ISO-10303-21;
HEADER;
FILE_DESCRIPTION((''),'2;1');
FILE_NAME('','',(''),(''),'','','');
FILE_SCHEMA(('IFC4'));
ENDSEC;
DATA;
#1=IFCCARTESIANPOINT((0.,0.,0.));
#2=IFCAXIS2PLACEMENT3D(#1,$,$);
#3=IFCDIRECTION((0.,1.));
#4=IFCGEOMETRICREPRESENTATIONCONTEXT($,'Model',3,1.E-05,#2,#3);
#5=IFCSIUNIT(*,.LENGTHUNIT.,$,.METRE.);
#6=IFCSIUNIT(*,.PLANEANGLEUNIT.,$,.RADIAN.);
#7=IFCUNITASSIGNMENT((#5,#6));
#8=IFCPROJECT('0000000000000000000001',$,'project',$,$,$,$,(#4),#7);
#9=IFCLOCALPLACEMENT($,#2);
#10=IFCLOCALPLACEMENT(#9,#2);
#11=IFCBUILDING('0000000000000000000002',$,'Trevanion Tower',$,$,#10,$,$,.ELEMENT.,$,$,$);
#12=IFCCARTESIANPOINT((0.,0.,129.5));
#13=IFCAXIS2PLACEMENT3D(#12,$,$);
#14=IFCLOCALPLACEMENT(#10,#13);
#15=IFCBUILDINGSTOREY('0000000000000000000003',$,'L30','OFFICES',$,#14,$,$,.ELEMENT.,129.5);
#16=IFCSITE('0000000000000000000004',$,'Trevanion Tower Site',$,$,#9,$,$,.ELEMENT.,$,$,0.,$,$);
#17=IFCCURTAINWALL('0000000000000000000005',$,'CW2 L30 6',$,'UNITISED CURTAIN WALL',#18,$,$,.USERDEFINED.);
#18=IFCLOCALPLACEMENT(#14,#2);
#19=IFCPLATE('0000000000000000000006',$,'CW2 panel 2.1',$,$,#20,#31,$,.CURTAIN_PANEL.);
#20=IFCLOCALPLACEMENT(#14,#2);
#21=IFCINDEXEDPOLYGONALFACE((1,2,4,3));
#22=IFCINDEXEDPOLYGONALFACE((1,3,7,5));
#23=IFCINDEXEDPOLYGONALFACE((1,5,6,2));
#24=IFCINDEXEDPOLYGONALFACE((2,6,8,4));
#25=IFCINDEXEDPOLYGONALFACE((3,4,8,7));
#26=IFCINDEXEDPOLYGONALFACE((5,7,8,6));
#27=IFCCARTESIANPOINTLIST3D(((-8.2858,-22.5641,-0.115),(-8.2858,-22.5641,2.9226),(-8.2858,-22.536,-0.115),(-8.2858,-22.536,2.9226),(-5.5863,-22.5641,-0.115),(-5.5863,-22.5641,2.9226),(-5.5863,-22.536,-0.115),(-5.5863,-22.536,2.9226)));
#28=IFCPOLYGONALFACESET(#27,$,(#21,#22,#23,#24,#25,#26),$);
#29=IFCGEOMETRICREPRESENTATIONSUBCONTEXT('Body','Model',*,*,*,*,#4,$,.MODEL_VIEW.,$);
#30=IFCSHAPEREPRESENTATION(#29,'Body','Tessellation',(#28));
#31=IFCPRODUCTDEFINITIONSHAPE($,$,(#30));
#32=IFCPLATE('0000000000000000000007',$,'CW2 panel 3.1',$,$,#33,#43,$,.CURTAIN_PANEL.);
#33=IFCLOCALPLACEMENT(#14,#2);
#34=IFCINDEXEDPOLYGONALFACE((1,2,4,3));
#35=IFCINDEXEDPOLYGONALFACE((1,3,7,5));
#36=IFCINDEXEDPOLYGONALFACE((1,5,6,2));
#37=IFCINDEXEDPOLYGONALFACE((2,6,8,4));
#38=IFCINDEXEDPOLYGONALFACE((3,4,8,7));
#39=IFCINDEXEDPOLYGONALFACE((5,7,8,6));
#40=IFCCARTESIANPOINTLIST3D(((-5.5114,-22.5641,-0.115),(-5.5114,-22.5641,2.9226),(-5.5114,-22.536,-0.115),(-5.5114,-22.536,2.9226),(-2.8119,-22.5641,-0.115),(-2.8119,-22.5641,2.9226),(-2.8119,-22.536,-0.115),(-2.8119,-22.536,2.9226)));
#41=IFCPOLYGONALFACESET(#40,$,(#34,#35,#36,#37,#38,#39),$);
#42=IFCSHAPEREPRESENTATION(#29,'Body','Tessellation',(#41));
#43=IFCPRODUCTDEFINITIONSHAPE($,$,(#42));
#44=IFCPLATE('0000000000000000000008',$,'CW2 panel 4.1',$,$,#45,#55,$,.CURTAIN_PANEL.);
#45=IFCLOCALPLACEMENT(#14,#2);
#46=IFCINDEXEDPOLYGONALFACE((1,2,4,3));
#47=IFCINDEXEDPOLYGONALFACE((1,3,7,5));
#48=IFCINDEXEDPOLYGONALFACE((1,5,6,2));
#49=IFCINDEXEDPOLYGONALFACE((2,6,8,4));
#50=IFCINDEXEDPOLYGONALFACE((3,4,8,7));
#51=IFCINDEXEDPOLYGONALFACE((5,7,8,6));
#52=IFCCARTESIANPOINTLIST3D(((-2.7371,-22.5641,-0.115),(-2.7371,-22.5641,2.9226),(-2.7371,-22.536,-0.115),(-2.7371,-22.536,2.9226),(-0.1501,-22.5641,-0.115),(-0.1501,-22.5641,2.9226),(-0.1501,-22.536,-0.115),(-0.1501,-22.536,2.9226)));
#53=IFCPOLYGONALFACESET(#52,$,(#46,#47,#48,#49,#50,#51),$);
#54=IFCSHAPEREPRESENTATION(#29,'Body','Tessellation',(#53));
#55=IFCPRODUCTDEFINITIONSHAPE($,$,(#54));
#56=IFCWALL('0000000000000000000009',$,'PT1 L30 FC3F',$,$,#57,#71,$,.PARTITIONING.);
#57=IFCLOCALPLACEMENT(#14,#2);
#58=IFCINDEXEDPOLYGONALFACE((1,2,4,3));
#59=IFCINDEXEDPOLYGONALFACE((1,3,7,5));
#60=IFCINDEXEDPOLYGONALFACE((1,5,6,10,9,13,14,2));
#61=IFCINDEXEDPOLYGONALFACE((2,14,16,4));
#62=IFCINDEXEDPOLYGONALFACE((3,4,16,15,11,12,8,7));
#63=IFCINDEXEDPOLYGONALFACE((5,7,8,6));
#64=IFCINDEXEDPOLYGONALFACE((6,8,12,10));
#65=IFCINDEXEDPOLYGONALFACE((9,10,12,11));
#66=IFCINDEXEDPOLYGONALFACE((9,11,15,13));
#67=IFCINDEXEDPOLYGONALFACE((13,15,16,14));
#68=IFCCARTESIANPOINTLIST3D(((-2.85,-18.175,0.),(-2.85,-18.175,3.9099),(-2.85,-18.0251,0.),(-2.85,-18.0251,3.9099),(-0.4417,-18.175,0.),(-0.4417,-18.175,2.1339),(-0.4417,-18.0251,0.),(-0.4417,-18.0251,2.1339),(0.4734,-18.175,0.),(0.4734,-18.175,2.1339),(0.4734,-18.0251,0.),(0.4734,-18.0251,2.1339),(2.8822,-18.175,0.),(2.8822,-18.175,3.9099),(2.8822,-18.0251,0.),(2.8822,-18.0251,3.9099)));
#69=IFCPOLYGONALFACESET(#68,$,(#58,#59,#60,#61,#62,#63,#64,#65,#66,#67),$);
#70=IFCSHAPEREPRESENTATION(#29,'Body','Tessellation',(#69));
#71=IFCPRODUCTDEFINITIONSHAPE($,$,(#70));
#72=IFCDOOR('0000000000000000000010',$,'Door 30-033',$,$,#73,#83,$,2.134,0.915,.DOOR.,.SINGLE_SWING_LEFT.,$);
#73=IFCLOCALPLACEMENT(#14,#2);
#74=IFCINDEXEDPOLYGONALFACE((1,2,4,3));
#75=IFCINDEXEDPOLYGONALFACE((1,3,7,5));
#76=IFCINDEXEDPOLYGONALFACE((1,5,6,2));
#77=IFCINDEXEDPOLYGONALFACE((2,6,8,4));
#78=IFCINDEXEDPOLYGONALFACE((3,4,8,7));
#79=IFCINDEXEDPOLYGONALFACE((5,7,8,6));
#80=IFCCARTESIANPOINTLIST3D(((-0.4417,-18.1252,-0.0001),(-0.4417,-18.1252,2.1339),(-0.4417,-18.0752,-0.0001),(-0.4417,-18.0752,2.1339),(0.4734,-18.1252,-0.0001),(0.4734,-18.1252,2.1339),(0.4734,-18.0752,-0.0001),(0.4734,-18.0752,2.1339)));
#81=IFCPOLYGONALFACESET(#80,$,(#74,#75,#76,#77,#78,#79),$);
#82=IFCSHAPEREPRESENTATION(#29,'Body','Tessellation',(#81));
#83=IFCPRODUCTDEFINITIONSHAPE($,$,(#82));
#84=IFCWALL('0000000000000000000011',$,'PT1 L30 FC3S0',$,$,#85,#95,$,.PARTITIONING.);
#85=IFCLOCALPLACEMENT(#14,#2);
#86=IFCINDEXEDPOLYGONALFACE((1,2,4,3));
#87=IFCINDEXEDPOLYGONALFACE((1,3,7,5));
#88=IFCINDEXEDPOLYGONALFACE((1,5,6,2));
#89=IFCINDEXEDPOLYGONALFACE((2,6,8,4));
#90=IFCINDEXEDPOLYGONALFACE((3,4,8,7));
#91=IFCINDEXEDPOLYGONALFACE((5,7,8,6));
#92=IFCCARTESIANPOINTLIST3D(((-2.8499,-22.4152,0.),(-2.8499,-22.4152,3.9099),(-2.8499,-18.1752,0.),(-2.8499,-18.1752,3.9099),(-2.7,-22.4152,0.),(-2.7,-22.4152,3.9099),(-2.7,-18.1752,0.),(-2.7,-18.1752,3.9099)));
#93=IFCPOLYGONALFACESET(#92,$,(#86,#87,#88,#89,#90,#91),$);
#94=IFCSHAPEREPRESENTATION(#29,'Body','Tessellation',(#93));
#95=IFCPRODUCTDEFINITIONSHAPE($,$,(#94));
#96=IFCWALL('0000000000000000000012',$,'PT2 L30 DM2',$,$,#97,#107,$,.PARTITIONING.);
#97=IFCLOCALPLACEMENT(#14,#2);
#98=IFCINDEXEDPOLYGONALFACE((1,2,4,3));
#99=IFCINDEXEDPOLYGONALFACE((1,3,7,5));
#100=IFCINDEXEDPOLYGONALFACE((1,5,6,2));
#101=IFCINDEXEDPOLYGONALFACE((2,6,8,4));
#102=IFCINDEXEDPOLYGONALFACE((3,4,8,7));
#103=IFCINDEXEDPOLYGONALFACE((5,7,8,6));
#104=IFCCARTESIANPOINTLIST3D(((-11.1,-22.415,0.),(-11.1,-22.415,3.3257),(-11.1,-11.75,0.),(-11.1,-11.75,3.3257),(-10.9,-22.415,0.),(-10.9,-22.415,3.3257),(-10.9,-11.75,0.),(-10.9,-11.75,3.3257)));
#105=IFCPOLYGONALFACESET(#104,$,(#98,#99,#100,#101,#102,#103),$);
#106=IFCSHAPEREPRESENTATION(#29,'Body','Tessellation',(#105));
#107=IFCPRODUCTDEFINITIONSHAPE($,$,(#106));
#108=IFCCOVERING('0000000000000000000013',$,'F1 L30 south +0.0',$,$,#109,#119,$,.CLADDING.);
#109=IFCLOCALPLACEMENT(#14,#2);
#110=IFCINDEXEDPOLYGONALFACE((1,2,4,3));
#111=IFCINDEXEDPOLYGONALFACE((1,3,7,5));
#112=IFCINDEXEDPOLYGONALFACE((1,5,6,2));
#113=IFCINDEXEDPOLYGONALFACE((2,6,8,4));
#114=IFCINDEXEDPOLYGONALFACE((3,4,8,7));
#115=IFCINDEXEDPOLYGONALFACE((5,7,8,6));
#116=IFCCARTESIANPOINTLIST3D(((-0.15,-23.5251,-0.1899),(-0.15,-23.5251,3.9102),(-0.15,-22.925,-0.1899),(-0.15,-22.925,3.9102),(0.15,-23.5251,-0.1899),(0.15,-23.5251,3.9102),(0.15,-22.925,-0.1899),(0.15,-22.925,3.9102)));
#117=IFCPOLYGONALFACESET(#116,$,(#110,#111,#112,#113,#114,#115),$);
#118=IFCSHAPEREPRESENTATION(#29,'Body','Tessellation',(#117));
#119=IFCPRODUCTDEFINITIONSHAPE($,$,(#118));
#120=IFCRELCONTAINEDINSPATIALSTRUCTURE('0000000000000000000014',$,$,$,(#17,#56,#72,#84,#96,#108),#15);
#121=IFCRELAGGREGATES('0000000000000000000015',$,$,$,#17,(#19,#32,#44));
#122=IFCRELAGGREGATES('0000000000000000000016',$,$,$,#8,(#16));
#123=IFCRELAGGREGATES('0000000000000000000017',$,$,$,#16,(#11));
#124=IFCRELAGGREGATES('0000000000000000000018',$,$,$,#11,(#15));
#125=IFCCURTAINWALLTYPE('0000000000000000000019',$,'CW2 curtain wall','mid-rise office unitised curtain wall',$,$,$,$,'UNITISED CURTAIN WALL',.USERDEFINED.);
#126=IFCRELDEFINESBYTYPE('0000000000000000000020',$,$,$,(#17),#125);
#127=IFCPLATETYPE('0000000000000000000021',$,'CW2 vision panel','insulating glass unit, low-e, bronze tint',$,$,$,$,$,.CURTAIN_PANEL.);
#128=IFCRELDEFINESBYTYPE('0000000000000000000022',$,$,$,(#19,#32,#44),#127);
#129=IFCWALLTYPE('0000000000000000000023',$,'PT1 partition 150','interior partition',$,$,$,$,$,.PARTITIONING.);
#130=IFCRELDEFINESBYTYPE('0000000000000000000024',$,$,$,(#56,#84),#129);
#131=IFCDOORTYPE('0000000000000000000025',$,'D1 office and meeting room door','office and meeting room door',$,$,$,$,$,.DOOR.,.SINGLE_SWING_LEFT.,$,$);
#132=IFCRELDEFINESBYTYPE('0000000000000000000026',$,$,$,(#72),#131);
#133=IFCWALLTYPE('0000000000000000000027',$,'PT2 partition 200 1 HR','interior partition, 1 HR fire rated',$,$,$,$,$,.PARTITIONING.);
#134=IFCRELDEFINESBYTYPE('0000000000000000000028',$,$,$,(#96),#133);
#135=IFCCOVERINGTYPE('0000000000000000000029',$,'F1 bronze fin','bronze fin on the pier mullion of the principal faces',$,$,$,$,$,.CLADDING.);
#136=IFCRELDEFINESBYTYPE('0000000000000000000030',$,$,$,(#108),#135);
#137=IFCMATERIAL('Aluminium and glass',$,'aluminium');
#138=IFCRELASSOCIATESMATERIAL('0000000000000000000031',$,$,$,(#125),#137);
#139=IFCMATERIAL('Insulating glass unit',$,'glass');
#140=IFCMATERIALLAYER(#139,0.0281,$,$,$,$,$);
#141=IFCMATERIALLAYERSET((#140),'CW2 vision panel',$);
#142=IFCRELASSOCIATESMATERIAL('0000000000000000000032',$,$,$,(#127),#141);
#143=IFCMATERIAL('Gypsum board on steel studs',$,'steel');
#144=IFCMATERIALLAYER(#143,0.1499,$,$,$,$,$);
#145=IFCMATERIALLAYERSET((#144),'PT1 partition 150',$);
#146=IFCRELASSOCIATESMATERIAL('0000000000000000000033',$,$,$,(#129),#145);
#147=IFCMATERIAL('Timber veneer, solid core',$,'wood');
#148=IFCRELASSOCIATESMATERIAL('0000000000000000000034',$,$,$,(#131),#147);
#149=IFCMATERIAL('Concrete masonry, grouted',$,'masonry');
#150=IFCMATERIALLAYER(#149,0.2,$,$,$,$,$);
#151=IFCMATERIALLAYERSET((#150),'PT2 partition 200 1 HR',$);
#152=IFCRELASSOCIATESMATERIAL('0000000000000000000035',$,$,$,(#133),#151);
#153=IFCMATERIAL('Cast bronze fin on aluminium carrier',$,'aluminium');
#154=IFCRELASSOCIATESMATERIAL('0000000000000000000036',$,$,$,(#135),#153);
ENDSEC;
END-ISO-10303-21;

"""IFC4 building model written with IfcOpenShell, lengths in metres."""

from ifc_helpers import new_model, si_unit, direction, frame, frame_2d, origin, origin_2d, place, context, subcontext, project, spatial, rectangle, extrude, material, layer, layer_set, type_object, element, fill, aggregate, save


model = new_model("IFC4")

# Units and contexts
model_context = context("Model", 3, precision=1e-05, world=origin(), true_north=direction((0.0, 1.0)))
body_context = subcontext(model_context, "Body", "Model", "MODEL_VIEW")
ifc_project = project(units=[si_unit("LENGTHUNIT", "METRE"), si_unit("PLANEANGLEUNIT", "RADIAN")], contexts=[model_context])

# Site, building, storey
site_placement = place(None, origin())
site = spatial("IfcSite", under=ifc_project, at=site_placement, Name="Trevanion Tower Site", CompositionType="ELEMENT", RefElevation=0.0)
building_placement = place(site_placement, origin())
building = spatial("IfcBuilding", under=site, at=building_placement, Name="Trevanion Tower", CompositionType="ELEMENT")
storey_placement = place(building_placement, frame((0.0, 0.0, 129.5)))
storey = spatial("IfcBuildingStorey", under=building, at=storey_placement, Name="L30", Description="OFFICES", CompositionType="ELEMENT", Elevation=129.5)

# Curtain wall
ifc_material_1 = material(Name="Aluminium and glass", Category="aluminium")
curtain_wall_type = type_object("IfcCurtainWallType", Name="CW2 curtain wall", Description="mid-rise office unitised curtain wall", ElementType="UNITISED CURTAIN WALL", PredefinedType="USERDEFINED", material=ifc_material_1)
curtain_wall_placement = place(storey_placement, origin())
curtain_wall = element("IfcCurtainWall", 1, at=curtain_wall_placement, inside=storey, type_object=curtain_wall_type, Name="CW2 L30 6", ObjectType="UNITISED CURTAIN WALL", PredefinedType="USERDEFINED")

# Plates
ifc_material_2 = material(Name="Insulating glass unit", Category="glass")
ifc_layer_1 = layer(ifc_material_2, 0.0281)
ifc_layer_set_1 = layer_set([ifc_layer_1], Name="CW2 vision panel")
plate_type_1 = type_object("IfcPlateType", Name="CW2 vision panel", Description="insulating glass unit, low-e, bronze tint", PredefinedType="CURTAIN_PANEL", material=ifc_layer_set_1)
plate_1_placement = place(storey_placement, frame((-6.936, -22.55, -0.115), z_axis=(0.0, 0.0, 1.0), x_axis=(1.0, 0.0, 0.0)))
plate_1 = element("IfcPlate", 2, at=plate_1_placement, type_object=plate_type_1, Name="CW2 panel 2.1", PredefinedType="CURTAIN_PANEL", context=body_context, shape_type="SweptSolid", body=[
    extrude(rectangle(XDim=2.6995, YDim=0.0281, at=origin_2d()), origin(), (0.0, 0.0, 1.0), 3.0376),
])
plate_2_placement = place(storey_placement, frame((-4.1616, -22.55, -0.115), z_axis=(0.0, 0.0, 1.0), x_axis=(1.0, 0.0, 0.0)))
plate_2 = element("IfcPlate", 3, at=plate_2_placement, type_object=plate_type_1, Name="CW2 panel 3.1", PredefinedType="CURTAIN_PANEL", context=body_context, shape_type="SweptSolid", body=[
    extrude(rectangle(XDim=2.6995, YDim=0.0281, at=origin_2d()), origin(), (0.0, 0.0, 1.0), 3.0376),
])
plate_3_placement = place(storey_placement, frame((-1.4436, -22.55, -0.115), z_axis=(0.0, 0.0, 1.0), x_axis=(1.0, 0.0, 0.0)))
plate_3 = element("IfcPlate", 4, at=plate_3_placement, type_object=plate_type_1, Name="CW2 panel 4.1", PredefinedType="CURTAIN_PANEL", context=body_context, shape_type="SweptSolid", body=[
    extrude(rectangle(XDim=2.5869, YDim=0.0281, at=origin_2d()), origin(), (0.0, 0.0, 1.0), 3.0376),
])
aggregate(curtain_wall, [plate_1, plate_2, plate_3])

# Wall, opening, door
ifc_material_3 = material(Name="Gypsum board on steel studs", Category="steel")
ifc_layer_2 = layer(ifc_material_3, 0.1499)
ifc_layer_set_2 = layer_set([ifc_layer_2], Name="PT1 partition 150")
wall_type_1 = type_object("IfcWallType", Name="PT1 partition 150", Description="interior partition", PredefinedType="PARTITIONING", material=ifc_layer_set_2)
wall_1_placement = place(storey_placement, frame((-2.8501, -18.1001, 0.0), z_axis=(0.0, 0.0, 1.0), x_axis=(1.0, 0.0, 0.0)))
wall_1 = element("IfcWall", 5, at=wall_1_placement, inside=storey, type_object=wall_type_1, Name="PT1 L30 FC3F", PredefinedType="PARTITIONING", context=body_context, shape_type="SweptSolid", body=[
    extrude(rectangle(XDim=5.7322, YDim=0.1499, at=frame_2d((2.8662, 0.0))), origin(), (0.0, 0.0, 1.0), 3.9099),
])
opening_placement = place(wall_1_placement, frame((2.4084, 0.0, 0.0)))
opening = element("IfcOpeningElement", 6, at=opening_placement, cuts=wall_1, PredefinedType="OPENING", context=body_context, shape_type="SweptSolid", body=[
    extrude(rectangle(XDim=0.915, YDim=2.134, at=frame_2d((0.4575, 1.0669))), frame((0.0, 0.085, 0.0), z_axis=(0.0, -1.0, 0.0), x_axis=(1.0, 0.0, 0.0)), (0.0, 0.0, 1.0), 0.1699),
])
ifc_material_4 = material(Name="Timber veneer, solid core", Category="wood")
door_type = type_object("IfcDoorType", Name="D1 office and meeting room door", Description="office and meeting room door", OperationType="SINGLE_SWING_LEFT", PredefinedType="DOOR", material=ifc_material_4)
door_placement = place(opening_placement, origin())
door = element("IfcDoor", 7, at=door_placement, inside=storey, type_object=door_type, Name="Door 30-033", OperationType="SINGLE_SWING_LEFT", OverallHeight=2.134, OverallWidth=0.915, PredefinedType="DOOR", context=body_context, shape_type="SweptSolid", body=[
    extrude(rectangle(XDim=0.915, YDim=2.134, at=frame_2d((0.4575, 1.0669))), frame((0.0, 0.0249, 0.0), z_axis=(0.0, -1.0, 0.0), x_axis=(1.0, 0.0, 0.0)), (0.0, 0.0, 1.0), 0.05),
])
fill(opening, door)

# Walls
wall_2_placement = place(storey_placement, frame((-2.7749, -18.175, 0.0), z_axis=(0.0, 0.0, 1.0), x_axis=(0.0, -1.0, 0.0)))
element("IfcWall", 8, at=wall_2_placement, inside=storey, type_object=wall_type_1, Name="PT1 L30 FC3S0", PredefinedType="PARTITIONING", context=body_context, shape_type="SweptSolid", body=[
    extrude(rectangle(XDim=4.24, YDim=0.1499, at=frame_2d((2.1201, 0.0))), origin(), (0.0, 0.0, 1.0), 3.9099),
])
ifc_material_5 = material(Name="Concrete masonry, grouted", Category="masonry")
ifc_layer_3 = layer(ifc_material_5, 0.2)
ifc_layer_set_3 = layer_set([ifc_layer_3], Name="PT2 partition 200 1 HR")
wall_type_2 = type_object("IfcWallType", Name="PT2 partition 200 1 HR", Description="interior partition, 1 HR fire rated", PredefinedType="PARTITIONING", material=ifc_layer_set_3)
wall_3_placement = place(storey_placement, frame((-11.0, -11.75, 0.0), z_axis=(0.0, 0.0, 1.0), x_axis=(0.0, -1.0, 0.0)))
element("IfcWall", 9, at=wall_3_placement, inside=storey, type_object=wall_type_2, Name="PT2 L30 DM2", PredefinedType="PARTITIONING", context=body_context, shape_type="SweptSolid", body=[
    extrude(rectangle(XDim=10.665, YDim=0.2, at=frame_2d((5.3325, 0.0))), origin(), (0.0, 0.0, 1.0), 3.3257),
])

# Covering
ifc_material_6 = material(Name="Cast bronze fin on aluminium carrier", Category="aluminium")
covering_type = type_object("IfcCoveringType", Name="F1 bronze fin", Description="bronze fin on the pier mullion of the principal faces", PredefinedType="CLADDING", material=ifc_material_6)
covering_placement = place(storey_placement, frame((0.0, -23.2251, -0.1899), z_axis=(0.0, 0.0, 1.0), x_axis=(1.0, 0.0, 0.0)))
element("IfcCovering", 10, at=covering_placement, inside=storey, type_object=covering_type, Name="F1 L30 south +0.0", PredefinedType="CLADDING", context=body_context, shape_type="SweptSolid", body=[
    extrude(rectangle(XDim=0.3, YDim=0.6001, at=origin_2d()), origin(), (0.0, 0.0, 1.0), 4.1001),
])

save(model, "model.ifc")
